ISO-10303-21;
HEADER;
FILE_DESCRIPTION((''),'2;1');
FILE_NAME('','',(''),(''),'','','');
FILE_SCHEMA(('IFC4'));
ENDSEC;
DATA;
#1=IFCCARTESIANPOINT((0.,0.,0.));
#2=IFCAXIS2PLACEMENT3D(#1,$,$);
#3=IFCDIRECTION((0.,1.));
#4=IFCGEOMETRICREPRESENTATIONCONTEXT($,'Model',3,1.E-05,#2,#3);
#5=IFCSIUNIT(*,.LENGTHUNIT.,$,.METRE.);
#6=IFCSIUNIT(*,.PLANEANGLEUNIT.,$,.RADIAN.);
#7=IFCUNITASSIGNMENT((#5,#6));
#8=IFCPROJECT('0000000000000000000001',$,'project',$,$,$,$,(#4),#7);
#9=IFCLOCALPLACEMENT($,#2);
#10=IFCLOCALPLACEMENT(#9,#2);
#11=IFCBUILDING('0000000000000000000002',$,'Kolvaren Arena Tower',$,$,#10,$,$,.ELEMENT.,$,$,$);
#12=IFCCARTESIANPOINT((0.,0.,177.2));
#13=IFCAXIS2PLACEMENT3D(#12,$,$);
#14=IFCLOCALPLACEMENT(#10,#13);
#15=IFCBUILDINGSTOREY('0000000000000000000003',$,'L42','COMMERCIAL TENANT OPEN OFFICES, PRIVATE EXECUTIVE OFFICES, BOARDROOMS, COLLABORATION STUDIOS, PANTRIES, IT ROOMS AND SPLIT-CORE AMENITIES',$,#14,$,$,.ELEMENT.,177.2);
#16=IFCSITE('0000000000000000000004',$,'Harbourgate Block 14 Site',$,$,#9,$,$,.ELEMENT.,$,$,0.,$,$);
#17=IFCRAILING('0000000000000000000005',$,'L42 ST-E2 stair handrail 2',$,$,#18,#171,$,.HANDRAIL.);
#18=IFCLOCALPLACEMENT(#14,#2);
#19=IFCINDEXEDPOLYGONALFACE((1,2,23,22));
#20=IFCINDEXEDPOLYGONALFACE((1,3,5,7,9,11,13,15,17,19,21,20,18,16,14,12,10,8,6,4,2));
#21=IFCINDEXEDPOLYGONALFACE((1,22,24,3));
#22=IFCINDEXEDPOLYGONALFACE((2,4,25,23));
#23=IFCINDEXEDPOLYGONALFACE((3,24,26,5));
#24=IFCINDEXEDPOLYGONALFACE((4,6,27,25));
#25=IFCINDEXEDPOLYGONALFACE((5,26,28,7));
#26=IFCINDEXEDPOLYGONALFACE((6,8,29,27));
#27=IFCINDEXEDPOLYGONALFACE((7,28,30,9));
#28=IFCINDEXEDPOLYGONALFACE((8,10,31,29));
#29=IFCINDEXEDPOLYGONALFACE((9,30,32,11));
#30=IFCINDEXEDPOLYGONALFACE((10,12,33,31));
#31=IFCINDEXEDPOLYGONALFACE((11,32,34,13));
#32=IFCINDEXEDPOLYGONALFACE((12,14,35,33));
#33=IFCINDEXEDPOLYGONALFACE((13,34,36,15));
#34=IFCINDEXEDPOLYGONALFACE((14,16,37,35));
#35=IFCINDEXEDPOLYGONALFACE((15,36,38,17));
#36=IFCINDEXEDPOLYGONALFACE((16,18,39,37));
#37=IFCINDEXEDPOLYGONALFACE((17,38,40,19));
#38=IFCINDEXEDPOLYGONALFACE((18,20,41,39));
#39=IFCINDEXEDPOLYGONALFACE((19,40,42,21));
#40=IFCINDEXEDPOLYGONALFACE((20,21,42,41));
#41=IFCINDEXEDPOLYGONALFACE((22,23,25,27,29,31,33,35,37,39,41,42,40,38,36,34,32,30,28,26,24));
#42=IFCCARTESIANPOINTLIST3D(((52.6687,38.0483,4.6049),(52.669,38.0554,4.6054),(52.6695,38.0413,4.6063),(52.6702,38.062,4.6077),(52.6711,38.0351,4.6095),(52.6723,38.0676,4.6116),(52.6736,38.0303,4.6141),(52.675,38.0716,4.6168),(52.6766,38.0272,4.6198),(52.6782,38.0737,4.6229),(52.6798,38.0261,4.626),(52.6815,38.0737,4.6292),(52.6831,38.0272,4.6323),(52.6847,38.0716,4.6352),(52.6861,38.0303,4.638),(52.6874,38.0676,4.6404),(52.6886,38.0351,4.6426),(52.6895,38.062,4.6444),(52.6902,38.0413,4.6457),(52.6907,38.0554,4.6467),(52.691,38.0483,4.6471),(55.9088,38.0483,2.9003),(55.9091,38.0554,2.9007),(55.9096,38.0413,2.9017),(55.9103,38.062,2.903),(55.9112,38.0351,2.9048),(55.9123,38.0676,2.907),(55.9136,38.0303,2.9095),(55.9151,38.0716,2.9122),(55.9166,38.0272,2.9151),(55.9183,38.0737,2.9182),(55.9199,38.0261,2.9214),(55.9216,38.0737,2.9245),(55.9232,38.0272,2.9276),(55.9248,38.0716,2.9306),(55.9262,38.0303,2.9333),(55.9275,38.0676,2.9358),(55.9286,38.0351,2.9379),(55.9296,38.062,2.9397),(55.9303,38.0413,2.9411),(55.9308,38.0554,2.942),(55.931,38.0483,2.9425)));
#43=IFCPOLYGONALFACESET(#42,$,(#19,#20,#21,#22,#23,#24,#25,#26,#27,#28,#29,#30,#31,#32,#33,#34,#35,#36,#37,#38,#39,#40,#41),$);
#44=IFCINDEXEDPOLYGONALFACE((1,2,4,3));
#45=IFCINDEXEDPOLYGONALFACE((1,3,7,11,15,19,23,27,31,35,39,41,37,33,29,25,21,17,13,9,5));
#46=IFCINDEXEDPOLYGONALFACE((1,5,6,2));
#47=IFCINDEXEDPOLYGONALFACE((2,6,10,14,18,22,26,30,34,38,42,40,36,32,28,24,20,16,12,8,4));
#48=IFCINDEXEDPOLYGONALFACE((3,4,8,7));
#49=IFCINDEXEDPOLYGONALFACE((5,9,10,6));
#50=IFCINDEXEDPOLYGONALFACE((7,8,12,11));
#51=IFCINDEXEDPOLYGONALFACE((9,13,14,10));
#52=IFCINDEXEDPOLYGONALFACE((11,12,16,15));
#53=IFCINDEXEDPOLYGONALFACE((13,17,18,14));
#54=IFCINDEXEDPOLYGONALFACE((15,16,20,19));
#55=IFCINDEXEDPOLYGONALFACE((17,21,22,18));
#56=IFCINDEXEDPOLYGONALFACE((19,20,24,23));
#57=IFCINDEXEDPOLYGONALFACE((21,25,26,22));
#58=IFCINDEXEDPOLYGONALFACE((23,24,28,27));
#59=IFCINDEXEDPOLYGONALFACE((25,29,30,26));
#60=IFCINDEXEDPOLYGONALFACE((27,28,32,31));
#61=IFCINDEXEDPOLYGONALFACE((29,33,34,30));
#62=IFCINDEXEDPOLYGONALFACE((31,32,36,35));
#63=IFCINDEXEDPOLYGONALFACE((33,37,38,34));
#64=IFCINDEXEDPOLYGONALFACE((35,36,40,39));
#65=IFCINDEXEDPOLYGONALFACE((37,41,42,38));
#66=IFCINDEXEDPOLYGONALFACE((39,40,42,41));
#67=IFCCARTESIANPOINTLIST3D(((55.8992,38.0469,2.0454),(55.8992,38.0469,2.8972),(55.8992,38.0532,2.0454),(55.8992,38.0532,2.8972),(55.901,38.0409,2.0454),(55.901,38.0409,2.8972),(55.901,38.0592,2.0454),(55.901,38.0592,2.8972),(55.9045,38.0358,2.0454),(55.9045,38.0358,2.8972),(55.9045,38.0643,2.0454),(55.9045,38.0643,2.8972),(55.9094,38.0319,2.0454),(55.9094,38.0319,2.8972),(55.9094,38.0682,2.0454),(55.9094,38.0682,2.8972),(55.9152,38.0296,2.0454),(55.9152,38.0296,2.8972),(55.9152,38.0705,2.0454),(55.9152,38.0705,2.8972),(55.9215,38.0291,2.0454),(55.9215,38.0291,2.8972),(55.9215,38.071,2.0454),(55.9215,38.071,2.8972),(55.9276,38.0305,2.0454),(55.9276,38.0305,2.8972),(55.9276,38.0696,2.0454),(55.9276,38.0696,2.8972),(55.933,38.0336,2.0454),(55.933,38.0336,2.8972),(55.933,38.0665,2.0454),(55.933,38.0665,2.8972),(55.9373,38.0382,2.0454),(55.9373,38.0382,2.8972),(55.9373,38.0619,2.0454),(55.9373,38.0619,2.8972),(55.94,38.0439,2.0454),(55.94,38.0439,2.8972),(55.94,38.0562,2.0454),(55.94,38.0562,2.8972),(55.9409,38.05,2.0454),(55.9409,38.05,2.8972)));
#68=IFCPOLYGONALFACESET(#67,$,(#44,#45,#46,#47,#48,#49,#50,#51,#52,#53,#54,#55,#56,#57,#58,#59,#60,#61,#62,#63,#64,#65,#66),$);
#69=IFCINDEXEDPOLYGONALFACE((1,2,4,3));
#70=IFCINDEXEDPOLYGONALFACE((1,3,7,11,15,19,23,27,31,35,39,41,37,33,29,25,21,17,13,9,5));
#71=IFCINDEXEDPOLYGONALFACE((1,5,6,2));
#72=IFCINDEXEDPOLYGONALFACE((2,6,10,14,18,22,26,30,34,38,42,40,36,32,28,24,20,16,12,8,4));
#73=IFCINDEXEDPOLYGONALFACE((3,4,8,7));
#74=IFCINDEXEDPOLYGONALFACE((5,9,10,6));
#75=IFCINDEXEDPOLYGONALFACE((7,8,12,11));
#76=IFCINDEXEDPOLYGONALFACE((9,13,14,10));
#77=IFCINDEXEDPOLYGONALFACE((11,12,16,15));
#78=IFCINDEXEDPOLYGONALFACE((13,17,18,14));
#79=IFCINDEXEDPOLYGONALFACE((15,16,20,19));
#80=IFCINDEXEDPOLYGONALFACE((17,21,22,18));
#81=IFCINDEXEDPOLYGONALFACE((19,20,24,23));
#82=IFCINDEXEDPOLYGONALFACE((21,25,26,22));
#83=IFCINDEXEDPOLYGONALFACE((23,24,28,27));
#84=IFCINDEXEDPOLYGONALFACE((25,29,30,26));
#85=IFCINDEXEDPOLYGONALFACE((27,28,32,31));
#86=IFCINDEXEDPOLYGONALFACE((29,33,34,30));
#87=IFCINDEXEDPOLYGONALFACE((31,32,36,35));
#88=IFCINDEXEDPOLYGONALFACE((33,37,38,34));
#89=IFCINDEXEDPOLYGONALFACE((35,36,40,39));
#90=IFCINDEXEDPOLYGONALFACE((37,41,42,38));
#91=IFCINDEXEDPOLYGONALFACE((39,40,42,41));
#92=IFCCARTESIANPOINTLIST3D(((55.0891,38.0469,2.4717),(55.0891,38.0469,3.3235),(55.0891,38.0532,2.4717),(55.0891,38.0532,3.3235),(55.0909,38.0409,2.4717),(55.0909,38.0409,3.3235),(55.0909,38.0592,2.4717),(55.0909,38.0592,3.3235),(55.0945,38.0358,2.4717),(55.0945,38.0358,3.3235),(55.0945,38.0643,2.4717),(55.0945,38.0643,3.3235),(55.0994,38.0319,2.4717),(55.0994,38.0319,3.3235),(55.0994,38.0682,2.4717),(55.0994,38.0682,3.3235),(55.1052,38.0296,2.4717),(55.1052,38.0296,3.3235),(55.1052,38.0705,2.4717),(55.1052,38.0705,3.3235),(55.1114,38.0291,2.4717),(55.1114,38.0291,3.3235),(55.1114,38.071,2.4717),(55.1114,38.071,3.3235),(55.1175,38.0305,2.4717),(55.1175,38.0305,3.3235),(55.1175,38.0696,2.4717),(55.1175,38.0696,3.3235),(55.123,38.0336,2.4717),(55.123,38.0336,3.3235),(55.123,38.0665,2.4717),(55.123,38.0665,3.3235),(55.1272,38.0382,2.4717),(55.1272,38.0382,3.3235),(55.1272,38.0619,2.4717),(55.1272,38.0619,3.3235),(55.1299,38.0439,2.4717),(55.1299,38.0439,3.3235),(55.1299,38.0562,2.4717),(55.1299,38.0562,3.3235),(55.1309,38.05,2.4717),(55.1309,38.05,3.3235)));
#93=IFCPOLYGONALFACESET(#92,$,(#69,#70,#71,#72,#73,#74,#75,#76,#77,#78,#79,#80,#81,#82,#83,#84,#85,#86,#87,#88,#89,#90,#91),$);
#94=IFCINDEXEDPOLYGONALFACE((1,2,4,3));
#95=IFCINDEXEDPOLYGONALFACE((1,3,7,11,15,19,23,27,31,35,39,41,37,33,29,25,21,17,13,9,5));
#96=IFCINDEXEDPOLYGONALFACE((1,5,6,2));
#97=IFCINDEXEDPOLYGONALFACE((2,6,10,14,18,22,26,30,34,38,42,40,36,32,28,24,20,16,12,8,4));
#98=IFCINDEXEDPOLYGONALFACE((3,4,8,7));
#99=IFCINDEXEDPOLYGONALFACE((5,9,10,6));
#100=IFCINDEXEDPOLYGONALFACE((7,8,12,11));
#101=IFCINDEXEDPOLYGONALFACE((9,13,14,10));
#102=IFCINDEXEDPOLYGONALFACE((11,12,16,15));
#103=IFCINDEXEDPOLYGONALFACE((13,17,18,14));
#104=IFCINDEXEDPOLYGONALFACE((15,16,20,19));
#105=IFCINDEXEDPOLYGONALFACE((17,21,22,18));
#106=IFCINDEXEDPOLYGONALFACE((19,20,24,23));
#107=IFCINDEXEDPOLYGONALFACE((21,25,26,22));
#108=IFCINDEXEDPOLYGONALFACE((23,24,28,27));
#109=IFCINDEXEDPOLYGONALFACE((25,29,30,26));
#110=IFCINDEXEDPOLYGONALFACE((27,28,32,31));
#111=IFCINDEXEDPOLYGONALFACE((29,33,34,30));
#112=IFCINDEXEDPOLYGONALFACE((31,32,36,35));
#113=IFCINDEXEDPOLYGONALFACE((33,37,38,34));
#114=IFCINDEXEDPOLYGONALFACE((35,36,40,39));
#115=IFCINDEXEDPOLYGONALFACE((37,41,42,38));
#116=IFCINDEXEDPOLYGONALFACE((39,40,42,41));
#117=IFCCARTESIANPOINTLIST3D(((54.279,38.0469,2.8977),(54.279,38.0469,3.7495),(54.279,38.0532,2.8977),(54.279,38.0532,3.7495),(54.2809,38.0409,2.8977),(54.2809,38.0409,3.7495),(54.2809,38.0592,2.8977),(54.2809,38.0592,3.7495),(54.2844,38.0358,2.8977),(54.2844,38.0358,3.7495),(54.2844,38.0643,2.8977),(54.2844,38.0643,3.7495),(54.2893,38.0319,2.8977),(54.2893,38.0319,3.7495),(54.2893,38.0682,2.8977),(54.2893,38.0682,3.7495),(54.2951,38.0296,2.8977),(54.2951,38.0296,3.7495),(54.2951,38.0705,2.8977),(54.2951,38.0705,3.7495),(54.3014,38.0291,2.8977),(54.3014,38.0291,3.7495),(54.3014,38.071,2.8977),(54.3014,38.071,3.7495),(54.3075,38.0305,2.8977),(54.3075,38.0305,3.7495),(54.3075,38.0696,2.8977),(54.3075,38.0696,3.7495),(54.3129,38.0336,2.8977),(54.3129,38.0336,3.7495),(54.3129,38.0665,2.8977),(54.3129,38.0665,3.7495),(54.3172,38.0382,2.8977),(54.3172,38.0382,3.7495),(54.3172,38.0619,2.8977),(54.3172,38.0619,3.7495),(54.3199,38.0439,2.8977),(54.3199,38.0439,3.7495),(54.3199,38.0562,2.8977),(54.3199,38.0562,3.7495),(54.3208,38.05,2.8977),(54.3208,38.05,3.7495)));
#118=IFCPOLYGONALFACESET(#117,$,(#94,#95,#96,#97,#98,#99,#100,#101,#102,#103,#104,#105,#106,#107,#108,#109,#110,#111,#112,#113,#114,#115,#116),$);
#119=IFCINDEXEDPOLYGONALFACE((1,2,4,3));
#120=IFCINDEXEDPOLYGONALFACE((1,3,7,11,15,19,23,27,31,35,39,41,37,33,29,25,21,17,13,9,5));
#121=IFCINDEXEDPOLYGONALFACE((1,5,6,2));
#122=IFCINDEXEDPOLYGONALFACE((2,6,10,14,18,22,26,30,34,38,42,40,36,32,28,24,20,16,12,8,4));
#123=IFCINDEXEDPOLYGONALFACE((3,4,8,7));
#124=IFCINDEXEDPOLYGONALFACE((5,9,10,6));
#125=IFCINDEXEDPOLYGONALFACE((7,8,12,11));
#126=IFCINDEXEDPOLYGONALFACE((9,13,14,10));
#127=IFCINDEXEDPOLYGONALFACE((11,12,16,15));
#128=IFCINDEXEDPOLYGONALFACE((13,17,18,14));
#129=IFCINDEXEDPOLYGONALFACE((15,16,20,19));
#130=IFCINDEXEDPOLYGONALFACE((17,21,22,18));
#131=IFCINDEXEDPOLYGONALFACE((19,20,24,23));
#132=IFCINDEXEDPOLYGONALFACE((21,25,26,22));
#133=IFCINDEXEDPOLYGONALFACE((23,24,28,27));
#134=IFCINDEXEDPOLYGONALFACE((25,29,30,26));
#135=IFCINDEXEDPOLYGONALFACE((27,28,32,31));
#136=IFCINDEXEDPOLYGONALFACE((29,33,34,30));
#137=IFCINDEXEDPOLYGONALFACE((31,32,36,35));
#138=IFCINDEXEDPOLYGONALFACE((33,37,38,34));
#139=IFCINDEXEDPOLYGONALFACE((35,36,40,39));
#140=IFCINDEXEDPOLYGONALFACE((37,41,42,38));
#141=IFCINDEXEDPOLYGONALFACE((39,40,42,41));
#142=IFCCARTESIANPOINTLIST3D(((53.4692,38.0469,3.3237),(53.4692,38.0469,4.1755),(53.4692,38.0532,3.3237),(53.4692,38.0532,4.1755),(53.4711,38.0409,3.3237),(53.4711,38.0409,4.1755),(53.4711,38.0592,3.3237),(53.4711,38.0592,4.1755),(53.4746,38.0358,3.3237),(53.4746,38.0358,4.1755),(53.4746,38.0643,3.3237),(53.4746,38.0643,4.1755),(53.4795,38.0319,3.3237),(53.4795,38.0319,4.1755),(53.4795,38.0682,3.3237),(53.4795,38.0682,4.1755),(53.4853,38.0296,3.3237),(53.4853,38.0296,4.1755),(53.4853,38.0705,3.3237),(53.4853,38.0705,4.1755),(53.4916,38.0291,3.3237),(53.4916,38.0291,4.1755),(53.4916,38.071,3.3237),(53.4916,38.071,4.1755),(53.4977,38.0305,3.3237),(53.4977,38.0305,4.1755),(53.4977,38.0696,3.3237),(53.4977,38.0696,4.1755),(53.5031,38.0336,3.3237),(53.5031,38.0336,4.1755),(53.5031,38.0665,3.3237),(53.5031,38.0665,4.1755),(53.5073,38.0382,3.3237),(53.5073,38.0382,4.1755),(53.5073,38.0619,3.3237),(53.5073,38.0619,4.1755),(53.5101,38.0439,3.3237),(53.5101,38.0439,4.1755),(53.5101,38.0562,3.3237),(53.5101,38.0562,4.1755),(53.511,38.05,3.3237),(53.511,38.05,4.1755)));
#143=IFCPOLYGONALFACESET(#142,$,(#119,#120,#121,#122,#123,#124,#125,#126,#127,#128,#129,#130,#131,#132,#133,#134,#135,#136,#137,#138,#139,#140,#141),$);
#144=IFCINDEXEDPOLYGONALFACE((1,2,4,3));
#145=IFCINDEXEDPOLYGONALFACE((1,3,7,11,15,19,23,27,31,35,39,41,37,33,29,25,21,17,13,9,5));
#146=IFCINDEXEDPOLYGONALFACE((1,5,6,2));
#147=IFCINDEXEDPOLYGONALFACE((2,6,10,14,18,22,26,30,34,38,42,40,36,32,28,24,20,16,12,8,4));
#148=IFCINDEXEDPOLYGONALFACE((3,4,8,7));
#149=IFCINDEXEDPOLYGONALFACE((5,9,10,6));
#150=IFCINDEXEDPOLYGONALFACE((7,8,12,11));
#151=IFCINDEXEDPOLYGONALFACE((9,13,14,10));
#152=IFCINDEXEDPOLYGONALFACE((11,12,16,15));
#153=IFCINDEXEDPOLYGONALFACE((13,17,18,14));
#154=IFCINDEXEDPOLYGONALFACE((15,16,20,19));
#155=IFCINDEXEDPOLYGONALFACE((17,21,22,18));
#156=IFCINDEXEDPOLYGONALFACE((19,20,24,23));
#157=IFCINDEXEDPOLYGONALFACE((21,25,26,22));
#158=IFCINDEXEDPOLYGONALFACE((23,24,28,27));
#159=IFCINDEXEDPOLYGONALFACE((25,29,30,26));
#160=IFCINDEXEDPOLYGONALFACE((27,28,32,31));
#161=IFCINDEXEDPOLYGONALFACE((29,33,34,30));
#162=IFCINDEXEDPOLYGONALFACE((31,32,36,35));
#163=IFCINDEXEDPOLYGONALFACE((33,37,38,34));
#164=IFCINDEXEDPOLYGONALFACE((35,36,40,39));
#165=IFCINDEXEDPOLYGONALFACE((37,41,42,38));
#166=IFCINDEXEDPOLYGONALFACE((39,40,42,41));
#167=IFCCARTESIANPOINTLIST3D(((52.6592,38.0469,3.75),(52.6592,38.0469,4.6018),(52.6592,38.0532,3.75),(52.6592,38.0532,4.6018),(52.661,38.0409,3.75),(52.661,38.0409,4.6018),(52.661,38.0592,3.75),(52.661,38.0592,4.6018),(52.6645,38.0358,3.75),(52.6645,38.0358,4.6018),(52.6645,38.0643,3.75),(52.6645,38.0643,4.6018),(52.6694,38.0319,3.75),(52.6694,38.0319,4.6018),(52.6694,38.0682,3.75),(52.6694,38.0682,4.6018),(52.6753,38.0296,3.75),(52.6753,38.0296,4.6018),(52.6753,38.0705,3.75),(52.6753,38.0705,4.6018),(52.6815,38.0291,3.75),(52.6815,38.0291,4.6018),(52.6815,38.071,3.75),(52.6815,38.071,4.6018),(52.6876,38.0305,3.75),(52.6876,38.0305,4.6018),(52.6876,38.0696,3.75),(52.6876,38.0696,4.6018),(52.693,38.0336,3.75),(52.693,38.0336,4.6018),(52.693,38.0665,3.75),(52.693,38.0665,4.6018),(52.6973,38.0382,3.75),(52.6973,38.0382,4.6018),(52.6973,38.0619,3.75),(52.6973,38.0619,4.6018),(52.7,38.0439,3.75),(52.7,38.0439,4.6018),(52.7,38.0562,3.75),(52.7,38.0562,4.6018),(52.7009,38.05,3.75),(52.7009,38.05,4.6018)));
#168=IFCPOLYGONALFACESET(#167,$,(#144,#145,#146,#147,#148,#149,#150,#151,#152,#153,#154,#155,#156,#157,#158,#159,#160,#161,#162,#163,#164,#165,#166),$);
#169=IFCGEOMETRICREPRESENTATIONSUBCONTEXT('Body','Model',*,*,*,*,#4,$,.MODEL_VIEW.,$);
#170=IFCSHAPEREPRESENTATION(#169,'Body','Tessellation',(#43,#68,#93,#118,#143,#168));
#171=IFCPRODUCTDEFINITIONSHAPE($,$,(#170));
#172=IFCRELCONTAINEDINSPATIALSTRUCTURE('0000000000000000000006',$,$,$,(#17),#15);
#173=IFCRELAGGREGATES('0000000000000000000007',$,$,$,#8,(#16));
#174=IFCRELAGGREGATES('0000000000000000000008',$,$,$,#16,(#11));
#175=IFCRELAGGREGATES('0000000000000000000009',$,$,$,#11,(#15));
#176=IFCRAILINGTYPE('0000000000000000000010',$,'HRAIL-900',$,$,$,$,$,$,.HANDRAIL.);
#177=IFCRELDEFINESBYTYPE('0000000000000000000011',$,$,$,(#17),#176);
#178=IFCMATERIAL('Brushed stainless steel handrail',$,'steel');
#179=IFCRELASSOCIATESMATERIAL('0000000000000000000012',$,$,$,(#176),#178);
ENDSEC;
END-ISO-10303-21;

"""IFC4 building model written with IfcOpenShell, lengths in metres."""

from ifc_helpers import new_model, si_unit, direction, frame, origin, origin_2d, place, context, subcontext, project, spatial, circle, extrude, material, type_object, element, save


model = new_model("IFC4")

# Units and contexts
model_context = context("Model", 3, precision=1e-05, world=origin(), true_north=direction((0.0, 1.0)))
body_context = subcontext(model_context, "Body", "Model", "MODEL_VIEW")
ifc_project = project(units=[si_unit("LENGTHUNIT", "METRE"), si_unit("PLANEANGLEUNIT", "RADIAN")], contexts=[model_context])

# Site, building, storey
site_placement = place(None, origin())
site = spatial("IfcSite", under=ifc_project, at=site_placement, Name="Harbourgate Block 14 Site", CompositionType="ELEMENT", RefElevation=0.0)
building_placement = place(site_placement, origin())
building = spatial("IfcBuilding", under=site, at=building_placement, Name="Kolvaren Arena Tower", CompositionType="ELEMENT")
storey_placement = place(building_placement, frame((0.0, 0.0, 177.2)))
storey = spatial("IfcBuildingStorey", under=building, at=storey_placement, Name="L42", Description="COMMERCIAL TENANT OPEN OFFICES, PRIVATE EXECUTIVE OFFICES, BOARDROOMS, COLLABORATION STUDIOS, PANTRIES, IT ROOMS AND SPLIT-CORE AMENITIES", CompositionType="ELEMENT", Elevation=177.2)

# Railing
ifc_material_1 = material(Name="Brushed stainless steel handrail", Category="steel")
railing_type_1 = type_object("IfcRailingType", Name="HRAIL-900", PredefinedType="HANDRAIL", material=ifc_material_1)
for number, where, name in (
    (1, (55.9199, 38.05, 2.0454), "L42 ST-E2 stair handrail 2"),
):
    element("IfcRailing", number, at=place(storey_placement, frame(where)), inside=storey, type_object=railing_type_1, Name=name, PredefinedType="HANDRAIL", context=body_context, shape_type="SweptSolid", body=[
        extrude(circle(Radius=0.0239, at=origin_2d()), frame((0.0, 0.0, 0.876), z_axis=(-0.884993, 0.0, 0.465604), x_axis=(0.0, -1.0, 0.0)), (0.0, 0.0, 1.0), 3.6611),
        extrude(circle(Radius=0.021, at=origin_2d()), origin(), (0.0, 0.0, 1.0), 0.8518),
        extrude(circle(Radius=0.021, at=origin_2d()), frame((-0.8101, 0.0, 0.4263)), (0.0, 0.0, 1.0), 0.8518),
        extrude(circle(Radius=0.021, at=origin_2d()), frame((-1.6201, 0.0, 0.8523)), (0.0, 0.0, 1.0), 0.8518),
        extrude(circle(Radius=0.021, at=origin_2d()), frame((-2.4299, 0.0, 1.2783)), (0.0, 0.0, 1.0), 0.8518),
        extrude(circle(Radius=0.021, at=origin_2d()), frame((-3.24, 0.0, 1.7046)), (0.0, 0.0, 1.0), 0.8518),
    ])

save(model, "model.ifc")
